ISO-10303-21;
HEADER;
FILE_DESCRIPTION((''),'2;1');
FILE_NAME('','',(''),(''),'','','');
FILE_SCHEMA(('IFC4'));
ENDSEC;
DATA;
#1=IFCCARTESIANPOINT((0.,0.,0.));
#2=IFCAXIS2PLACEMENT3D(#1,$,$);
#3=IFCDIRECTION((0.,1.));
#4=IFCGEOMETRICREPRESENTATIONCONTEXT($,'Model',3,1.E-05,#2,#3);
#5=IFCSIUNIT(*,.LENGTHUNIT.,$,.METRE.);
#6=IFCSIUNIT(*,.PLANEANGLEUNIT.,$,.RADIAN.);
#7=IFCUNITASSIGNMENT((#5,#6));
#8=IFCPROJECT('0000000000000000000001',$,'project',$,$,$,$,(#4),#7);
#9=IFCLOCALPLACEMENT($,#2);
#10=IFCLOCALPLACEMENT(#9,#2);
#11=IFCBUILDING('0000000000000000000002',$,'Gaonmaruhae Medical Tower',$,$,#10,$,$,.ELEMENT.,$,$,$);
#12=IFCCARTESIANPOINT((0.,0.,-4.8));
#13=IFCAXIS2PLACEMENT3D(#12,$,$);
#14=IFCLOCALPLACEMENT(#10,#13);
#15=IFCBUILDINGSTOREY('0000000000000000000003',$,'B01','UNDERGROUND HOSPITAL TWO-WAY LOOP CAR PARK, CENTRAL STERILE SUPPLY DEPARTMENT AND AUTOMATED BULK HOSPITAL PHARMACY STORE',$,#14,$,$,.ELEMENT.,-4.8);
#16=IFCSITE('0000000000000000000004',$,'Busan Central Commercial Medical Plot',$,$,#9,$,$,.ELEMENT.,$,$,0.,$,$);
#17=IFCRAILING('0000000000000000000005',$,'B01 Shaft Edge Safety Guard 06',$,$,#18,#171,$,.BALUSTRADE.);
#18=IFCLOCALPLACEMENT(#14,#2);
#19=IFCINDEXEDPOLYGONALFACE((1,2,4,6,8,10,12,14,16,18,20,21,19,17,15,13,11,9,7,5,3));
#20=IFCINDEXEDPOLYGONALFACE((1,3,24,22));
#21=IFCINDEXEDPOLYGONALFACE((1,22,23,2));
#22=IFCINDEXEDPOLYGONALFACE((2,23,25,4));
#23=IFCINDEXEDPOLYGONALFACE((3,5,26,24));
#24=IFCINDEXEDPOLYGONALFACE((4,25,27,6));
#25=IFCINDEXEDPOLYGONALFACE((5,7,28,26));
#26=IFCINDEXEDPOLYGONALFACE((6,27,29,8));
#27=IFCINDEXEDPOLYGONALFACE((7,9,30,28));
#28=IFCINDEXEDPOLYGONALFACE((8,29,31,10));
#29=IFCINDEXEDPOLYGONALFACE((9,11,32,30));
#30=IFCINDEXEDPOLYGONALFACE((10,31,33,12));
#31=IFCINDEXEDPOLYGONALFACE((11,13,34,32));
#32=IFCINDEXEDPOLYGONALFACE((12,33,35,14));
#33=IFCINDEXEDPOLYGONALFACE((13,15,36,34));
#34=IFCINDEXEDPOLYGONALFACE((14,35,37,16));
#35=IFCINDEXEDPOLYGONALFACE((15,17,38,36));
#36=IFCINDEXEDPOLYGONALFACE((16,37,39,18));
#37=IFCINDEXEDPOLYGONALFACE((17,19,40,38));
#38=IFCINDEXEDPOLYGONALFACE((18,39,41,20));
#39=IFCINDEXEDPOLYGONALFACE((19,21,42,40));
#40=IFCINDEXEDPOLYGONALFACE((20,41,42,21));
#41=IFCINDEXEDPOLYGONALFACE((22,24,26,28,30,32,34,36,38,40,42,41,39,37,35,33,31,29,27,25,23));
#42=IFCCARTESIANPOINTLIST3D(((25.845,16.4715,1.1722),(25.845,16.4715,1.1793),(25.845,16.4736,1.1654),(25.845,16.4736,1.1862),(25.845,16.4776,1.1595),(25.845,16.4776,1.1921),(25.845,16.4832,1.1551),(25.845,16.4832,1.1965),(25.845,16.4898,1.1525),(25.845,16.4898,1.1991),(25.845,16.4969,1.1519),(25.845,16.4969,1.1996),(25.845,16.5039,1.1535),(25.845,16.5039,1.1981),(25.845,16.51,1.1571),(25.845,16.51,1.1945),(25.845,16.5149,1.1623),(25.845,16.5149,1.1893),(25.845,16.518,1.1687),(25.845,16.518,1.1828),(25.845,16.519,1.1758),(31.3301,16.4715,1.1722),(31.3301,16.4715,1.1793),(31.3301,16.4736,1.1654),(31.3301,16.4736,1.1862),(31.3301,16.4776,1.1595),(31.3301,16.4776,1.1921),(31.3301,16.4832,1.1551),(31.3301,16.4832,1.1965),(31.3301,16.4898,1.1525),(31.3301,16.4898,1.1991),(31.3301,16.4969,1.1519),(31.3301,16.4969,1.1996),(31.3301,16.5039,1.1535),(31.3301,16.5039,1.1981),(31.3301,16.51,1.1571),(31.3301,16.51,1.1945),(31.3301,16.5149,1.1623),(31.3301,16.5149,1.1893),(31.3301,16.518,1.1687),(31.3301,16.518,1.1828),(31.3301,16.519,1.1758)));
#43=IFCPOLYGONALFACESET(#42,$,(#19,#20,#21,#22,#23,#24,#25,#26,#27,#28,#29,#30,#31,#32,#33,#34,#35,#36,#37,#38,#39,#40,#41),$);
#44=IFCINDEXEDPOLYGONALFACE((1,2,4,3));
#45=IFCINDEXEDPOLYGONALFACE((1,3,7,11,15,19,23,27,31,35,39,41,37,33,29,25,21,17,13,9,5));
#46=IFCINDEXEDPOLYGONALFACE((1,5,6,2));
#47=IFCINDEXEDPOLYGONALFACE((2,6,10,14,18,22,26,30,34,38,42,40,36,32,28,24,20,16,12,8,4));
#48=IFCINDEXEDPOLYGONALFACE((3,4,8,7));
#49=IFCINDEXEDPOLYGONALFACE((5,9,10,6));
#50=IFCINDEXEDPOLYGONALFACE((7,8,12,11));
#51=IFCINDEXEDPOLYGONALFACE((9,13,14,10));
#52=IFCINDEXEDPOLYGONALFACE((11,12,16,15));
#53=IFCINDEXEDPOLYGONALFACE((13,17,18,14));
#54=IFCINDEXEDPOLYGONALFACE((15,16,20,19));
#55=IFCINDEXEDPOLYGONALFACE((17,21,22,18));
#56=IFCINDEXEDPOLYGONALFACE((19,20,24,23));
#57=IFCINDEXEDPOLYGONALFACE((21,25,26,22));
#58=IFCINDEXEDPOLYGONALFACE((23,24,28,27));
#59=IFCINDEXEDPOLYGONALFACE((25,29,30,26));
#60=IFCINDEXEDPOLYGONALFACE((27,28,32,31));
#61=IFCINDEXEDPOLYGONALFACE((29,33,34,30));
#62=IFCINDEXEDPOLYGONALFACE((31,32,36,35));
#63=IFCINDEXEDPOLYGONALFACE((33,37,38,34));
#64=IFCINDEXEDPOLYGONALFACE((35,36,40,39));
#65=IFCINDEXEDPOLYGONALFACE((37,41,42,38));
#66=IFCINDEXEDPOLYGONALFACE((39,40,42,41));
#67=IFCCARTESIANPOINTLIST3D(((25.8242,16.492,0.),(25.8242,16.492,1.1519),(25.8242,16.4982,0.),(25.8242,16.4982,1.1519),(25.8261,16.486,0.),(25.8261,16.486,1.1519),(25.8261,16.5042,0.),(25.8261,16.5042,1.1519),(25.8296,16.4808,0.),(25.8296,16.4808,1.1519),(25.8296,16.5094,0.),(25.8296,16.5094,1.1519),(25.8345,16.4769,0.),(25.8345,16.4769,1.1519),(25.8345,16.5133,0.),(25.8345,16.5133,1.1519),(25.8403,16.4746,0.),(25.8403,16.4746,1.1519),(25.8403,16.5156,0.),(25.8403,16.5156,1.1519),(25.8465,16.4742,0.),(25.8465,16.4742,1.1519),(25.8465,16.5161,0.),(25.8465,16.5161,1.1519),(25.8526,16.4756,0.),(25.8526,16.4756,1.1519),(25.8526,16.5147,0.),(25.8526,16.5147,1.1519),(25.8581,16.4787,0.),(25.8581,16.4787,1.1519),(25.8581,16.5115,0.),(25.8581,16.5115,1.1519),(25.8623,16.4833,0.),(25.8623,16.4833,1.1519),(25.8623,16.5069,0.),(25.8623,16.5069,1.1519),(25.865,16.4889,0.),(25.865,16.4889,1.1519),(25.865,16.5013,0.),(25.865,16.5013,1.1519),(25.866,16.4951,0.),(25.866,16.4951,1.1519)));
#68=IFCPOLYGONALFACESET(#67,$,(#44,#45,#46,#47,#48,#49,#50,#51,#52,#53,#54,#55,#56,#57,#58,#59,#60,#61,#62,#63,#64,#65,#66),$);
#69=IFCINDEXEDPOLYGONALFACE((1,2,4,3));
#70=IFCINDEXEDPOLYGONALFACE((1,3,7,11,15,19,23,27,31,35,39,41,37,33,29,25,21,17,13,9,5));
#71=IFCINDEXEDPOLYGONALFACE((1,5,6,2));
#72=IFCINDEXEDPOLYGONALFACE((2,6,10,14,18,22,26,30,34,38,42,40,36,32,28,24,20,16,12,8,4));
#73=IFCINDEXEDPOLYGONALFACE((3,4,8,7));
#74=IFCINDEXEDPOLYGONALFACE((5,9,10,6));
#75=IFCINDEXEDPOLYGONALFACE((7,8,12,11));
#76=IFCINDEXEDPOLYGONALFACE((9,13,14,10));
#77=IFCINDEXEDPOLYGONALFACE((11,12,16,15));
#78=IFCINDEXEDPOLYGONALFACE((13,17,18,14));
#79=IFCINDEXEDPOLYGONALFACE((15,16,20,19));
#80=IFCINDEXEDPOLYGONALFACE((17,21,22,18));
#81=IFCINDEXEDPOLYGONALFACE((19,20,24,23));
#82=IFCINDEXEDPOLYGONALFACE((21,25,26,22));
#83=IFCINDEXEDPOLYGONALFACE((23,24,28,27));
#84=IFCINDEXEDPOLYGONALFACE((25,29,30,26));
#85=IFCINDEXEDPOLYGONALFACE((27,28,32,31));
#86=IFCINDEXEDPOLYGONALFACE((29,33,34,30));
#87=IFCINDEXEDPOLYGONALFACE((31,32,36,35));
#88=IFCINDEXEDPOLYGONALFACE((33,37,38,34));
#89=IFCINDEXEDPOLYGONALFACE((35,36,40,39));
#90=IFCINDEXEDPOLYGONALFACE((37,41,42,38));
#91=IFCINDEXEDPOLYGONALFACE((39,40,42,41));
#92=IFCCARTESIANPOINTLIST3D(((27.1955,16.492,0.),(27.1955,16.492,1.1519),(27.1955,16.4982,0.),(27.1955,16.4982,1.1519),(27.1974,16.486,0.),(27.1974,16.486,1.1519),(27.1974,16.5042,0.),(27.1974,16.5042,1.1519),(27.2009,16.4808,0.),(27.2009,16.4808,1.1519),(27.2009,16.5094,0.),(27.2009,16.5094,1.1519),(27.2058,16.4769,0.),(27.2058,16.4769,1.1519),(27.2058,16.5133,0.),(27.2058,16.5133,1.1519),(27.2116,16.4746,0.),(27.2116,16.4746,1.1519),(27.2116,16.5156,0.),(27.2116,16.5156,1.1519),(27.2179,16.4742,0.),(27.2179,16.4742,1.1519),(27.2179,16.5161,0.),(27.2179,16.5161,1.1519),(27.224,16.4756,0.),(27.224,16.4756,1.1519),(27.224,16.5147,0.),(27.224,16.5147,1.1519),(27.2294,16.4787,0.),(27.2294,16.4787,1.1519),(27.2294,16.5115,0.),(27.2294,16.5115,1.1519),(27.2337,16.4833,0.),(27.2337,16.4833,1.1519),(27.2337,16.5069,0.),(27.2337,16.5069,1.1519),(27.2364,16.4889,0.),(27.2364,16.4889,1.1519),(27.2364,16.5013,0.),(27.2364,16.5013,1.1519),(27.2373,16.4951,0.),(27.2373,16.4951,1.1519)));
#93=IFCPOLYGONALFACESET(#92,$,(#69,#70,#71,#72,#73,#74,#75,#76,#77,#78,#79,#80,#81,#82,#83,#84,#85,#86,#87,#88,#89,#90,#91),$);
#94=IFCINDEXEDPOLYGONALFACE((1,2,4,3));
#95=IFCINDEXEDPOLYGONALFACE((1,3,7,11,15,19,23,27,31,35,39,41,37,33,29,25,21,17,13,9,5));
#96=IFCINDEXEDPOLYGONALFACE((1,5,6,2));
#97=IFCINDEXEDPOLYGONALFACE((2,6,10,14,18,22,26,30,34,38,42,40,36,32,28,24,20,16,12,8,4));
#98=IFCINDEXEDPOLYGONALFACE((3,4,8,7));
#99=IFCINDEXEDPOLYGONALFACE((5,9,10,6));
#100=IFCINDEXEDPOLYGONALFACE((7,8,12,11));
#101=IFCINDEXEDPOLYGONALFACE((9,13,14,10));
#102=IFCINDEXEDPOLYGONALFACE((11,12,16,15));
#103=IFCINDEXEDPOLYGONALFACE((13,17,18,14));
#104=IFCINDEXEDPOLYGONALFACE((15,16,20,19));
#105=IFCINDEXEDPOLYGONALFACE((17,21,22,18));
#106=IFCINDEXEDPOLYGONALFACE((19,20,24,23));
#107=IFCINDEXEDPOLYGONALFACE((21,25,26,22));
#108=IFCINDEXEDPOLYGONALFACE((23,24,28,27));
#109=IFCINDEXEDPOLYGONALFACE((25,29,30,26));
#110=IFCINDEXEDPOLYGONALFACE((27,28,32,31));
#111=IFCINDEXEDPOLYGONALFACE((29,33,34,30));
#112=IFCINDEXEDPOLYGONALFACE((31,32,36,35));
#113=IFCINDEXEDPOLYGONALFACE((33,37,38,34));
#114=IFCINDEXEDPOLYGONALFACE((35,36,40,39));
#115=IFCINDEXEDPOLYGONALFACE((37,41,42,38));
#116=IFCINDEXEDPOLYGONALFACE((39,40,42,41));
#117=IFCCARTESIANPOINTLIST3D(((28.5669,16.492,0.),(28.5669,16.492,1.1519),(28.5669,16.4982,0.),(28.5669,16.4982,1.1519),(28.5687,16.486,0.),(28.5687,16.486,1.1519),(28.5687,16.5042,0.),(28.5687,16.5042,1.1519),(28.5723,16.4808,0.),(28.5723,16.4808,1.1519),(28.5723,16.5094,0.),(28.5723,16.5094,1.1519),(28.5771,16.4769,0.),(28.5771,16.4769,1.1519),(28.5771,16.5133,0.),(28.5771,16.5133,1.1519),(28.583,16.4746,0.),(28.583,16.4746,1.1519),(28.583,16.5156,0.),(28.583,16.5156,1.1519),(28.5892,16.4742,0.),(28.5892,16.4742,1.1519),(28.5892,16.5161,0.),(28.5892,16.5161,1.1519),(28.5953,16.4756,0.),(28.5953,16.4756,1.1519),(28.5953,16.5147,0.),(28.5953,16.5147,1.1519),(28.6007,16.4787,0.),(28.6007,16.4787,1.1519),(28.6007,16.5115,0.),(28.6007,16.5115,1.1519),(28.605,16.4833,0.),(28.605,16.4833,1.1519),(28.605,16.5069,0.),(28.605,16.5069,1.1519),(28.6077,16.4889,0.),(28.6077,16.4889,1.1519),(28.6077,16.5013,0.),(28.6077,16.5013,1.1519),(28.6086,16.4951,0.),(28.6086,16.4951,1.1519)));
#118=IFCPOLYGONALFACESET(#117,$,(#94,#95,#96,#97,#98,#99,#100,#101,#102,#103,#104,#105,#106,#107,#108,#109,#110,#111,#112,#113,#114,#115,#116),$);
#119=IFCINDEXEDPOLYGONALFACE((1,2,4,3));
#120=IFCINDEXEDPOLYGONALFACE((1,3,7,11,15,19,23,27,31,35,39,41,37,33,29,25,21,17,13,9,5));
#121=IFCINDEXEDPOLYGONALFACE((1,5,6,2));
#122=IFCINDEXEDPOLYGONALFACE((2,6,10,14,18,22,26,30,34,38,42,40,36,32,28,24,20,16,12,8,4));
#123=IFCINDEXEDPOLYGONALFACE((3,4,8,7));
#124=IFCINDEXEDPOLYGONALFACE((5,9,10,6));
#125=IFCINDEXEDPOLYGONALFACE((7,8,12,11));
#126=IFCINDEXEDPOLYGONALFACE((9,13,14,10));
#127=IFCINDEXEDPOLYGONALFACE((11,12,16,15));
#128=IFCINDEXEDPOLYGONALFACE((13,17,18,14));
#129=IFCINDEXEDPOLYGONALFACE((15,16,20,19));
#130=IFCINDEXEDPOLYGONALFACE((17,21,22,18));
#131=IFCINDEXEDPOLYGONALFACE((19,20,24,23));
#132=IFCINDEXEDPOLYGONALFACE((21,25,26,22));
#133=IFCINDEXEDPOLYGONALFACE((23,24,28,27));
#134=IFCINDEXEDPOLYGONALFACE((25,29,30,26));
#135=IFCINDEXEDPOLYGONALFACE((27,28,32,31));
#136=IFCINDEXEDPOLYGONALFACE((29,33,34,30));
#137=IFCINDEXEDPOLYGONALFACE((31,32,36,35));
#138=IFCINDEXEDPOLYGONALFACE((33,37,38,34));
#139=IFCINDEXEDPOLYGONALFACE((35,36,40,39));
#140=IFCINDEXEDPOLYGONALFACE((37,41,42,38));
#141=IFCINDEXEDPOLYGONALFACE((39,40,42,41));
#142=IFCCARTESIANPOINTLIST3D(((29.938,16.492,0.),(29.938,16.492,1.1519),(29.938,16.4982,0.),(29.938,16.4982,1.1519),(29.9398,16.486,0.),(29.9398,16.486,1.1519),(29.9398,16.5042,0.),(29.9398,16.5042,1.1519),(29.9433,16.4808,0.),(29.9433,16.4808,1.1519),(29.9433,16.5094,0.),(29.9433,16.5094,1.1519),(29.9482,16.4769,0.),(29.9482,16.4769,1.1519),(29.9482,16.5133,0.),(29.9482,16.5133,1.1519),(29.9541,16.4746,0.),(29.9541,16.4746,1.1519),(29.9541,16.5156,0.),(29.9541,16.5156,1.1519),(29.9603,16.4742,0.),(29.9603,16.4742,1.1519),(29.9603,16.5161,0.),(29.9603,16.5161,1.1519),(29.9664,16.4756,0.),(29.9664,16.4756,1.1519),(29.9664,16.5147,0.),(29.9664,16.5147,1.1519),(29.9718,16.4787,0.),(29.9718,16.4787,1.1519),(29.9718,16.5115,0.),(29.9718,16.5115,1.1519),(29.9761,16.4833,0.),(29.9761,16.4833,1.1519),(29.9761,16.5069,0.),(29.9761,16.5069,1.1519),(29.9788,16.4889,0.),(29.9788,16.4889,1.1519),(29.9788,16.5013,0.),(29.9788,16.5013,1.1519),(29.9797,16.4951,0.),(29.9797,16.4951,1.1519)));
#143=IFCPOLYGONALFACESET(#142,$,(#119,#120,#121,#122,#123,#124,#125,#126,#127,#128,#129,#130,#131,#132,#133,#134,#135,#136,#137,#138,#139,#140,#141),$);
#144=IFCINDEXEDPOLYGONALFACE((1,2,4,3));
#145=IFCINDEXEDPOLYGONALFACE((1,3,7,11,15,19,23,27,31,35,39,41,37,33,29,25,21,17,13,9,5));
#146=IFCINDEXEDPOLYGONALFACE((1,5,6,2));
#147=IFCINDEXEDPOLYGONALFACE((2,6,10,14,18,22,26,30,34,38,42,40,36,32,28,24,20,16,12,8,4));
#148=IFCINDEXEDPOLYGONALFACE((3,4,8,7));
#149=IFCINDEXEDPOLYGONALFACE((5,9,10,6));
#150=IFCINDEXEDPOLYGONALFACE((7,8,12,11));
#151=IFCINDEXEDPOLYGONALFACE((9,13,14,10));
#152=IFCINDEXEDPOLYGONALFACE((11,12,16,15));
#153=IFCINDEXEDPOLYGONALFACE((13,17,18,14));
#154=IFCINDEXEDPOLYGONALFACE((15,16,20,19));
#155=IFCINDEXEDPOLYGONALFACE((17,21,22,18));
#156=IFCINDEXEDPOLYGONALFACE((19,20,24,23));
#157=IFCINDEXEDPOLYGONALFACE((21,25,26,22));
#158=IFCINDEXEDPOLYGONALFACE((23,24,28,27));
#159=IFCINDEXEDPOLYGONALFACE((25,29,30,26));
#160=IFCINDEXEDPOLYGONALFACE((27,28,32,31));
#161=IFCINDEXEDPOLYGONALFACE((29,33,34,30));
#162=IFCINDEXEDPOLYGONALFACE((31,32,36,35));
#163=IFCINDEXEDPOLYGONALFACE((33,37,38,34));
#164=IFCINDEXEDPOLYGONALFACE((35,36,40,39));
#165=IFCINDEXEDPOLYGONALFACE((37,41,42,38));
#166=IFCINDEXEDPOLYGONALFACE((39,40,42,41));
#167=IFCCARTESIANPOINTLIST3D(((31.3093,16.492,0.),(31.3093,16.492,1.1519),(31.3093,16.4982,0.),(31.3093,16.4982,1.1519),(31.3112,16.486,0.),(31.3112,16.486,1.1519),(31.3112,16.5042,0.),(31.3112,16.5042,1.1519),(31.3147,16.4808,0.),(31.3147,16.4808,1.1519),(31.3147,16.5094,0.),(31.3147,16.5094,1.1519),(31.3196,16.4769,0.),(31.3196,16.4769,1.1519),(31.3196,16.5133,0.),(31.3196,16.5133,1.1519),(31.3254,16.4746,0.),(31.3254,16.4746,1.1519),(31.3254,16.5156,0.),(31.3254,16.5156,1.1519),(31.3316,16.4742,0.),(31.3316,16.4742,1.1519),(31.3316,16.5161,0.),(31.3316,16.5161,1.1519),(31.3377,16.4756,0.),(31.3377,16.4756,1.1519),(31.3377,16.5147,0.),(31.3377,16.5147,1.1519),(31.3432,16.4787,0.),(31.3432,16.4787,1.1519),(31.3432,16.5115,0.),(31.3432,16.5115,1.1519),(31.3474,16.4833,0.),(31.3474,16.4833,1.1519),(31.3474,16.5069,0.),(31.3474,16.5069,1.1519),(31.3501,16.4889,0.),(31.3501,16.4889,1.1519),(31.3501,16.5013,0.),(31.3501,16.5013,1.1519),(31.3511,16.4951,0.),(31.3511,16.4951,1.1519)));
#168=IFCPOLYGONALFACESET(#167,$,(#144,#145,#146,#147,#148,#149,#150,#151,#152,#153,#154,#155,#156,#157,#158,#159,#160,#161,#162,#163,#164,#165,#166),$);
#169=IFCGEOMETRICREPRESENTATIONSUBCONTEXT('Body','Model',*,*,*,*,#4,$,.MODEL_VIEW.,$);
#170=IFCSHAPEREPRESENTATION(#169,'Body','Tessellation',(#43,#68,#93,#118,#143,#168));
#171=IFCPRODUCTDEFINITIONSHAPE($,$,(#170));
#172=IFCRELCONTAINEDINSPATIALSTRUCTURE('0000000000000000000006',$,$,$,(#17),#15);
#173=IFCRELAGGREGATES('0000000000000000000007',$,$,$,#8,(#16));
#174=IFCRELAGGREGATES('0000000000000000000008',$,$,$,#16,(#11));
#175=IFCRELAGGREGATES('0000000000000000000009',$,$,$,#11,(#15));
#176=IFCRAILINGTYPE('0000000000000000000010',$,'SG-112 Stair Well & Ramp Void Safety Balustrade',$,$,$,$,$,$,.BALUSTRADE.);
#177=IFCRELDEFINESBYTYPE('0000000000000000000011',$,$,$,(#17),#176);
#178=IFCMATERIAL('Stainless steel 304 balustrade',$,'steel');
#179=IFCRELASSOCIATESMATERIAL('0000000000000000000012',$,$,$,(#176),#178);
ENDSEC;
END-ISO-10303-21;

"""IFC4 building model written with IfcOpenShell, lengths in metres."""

from ifc_helpers import new_model, si_unit, direction, frame, origin, origin_2d, place, context, subcontext, project, spatial, circle, extrude, material, type_object, element, save


model = new_model("IFC4")

# Units and contexts
model_context = context("Model", 3, precision=1e-05, world=origin(), true_north=direction((0.0, 1.0)))
body_context = subcontext(model_context, "Body", "Model", "MODEL_VIEW")
ifc_project = project(units=[si_unit("LENGTHUNIT", "METRE"), si_unit("PLANEANGLEUNIT", "RADIAN")], contexts=[model_context])

# Site, building, storey
site_placement = place(None, origin())
site = spatial("IfcSite", under=ifc_project, at=site_placement, Name="Busan Central Commercial Medical Plot", CompositionType="ELEMENT", RefElevation=0.0)
building_placement = place(site_placement, origin())
building = spatial("IfcBuilding", under=site, at=building_placement, Name="Gaonmaruhae Medical Tower", CompositionType="ELEMENT")
storey_placement = place(building_placement, frame((0.0, 0.0, -4.8)))
storey = spatial("IfcBuildingStorey", under=building, at=storey_placement, Name="B01", Description="UNDERGROUND HOSPITAL TWO-WAY LOOP CAR PARK, CENTRAL STERILE SUPPLY DEPARTMENT AND AUTOMATED BULK HOSPITAL PHARMACY STORE", CompositionType="ELEMENT", Elevation=-4.8)

# Railing
ifc_material_1 = material(Name="Stainless steel 304 balustrade", Category="steel")
railing_type = type_object("IfcRailingType", Name="SG-112 Stair Well & Ramp Void Safety Balustrade", PredefinedType="BALUSTRADE", material=ifc_material_1)
railing_1_placement = place(storey_placement, frame((25.845, 16.4951, 0.0)))
element("IfcRailing", 1, at=railing_1_placement, inside=storey, type_object=railing_type, Name="B01 Shaft Edge Safety Guard 06", PredefinedType="BALUSTRADE", context=body_context, shape_type="SweptSolid", body=[
    extrude(circle(Radius=0.0239, at=origin_2d()), frame((0.0, 0.0, 1.1758), z_axis=(1.0, 0.0, 0.0), x_axis=(0.0, 1.0, 0.0)), (0.0, 0.0, 1.0), 5.4851),
    extrude(circle(Radius=0.021, at=origin_2d()), origin(), (0.0, 0.0, 1.0), 1.1519),
    extrude(circle(Radius=0.021, at=origin_2d()), frame((1.3713, 0.0, 0.0)), (0.0, 0.0, 1.0), 1.1519),
    extrude(circle(Radius=0.021, at=origin_2d()), frame((2.7427, 0.0, 0.0)), (0.0, 0.0, 1.0), 1.1519),
    extrude(circle(Radius=0.021, at=origin_2d()), frame((4.1138, 0.0, 0.0)), (0.0, 0.0, 1.0), 1.1519),
    extrude(circle(Radius=0.021, at=origin_2d()), frame((5.4851, 0.0, 0.0)), (0.0, 0.0, 1.0), 1.1519),
])

save(model, "model.ifc")
